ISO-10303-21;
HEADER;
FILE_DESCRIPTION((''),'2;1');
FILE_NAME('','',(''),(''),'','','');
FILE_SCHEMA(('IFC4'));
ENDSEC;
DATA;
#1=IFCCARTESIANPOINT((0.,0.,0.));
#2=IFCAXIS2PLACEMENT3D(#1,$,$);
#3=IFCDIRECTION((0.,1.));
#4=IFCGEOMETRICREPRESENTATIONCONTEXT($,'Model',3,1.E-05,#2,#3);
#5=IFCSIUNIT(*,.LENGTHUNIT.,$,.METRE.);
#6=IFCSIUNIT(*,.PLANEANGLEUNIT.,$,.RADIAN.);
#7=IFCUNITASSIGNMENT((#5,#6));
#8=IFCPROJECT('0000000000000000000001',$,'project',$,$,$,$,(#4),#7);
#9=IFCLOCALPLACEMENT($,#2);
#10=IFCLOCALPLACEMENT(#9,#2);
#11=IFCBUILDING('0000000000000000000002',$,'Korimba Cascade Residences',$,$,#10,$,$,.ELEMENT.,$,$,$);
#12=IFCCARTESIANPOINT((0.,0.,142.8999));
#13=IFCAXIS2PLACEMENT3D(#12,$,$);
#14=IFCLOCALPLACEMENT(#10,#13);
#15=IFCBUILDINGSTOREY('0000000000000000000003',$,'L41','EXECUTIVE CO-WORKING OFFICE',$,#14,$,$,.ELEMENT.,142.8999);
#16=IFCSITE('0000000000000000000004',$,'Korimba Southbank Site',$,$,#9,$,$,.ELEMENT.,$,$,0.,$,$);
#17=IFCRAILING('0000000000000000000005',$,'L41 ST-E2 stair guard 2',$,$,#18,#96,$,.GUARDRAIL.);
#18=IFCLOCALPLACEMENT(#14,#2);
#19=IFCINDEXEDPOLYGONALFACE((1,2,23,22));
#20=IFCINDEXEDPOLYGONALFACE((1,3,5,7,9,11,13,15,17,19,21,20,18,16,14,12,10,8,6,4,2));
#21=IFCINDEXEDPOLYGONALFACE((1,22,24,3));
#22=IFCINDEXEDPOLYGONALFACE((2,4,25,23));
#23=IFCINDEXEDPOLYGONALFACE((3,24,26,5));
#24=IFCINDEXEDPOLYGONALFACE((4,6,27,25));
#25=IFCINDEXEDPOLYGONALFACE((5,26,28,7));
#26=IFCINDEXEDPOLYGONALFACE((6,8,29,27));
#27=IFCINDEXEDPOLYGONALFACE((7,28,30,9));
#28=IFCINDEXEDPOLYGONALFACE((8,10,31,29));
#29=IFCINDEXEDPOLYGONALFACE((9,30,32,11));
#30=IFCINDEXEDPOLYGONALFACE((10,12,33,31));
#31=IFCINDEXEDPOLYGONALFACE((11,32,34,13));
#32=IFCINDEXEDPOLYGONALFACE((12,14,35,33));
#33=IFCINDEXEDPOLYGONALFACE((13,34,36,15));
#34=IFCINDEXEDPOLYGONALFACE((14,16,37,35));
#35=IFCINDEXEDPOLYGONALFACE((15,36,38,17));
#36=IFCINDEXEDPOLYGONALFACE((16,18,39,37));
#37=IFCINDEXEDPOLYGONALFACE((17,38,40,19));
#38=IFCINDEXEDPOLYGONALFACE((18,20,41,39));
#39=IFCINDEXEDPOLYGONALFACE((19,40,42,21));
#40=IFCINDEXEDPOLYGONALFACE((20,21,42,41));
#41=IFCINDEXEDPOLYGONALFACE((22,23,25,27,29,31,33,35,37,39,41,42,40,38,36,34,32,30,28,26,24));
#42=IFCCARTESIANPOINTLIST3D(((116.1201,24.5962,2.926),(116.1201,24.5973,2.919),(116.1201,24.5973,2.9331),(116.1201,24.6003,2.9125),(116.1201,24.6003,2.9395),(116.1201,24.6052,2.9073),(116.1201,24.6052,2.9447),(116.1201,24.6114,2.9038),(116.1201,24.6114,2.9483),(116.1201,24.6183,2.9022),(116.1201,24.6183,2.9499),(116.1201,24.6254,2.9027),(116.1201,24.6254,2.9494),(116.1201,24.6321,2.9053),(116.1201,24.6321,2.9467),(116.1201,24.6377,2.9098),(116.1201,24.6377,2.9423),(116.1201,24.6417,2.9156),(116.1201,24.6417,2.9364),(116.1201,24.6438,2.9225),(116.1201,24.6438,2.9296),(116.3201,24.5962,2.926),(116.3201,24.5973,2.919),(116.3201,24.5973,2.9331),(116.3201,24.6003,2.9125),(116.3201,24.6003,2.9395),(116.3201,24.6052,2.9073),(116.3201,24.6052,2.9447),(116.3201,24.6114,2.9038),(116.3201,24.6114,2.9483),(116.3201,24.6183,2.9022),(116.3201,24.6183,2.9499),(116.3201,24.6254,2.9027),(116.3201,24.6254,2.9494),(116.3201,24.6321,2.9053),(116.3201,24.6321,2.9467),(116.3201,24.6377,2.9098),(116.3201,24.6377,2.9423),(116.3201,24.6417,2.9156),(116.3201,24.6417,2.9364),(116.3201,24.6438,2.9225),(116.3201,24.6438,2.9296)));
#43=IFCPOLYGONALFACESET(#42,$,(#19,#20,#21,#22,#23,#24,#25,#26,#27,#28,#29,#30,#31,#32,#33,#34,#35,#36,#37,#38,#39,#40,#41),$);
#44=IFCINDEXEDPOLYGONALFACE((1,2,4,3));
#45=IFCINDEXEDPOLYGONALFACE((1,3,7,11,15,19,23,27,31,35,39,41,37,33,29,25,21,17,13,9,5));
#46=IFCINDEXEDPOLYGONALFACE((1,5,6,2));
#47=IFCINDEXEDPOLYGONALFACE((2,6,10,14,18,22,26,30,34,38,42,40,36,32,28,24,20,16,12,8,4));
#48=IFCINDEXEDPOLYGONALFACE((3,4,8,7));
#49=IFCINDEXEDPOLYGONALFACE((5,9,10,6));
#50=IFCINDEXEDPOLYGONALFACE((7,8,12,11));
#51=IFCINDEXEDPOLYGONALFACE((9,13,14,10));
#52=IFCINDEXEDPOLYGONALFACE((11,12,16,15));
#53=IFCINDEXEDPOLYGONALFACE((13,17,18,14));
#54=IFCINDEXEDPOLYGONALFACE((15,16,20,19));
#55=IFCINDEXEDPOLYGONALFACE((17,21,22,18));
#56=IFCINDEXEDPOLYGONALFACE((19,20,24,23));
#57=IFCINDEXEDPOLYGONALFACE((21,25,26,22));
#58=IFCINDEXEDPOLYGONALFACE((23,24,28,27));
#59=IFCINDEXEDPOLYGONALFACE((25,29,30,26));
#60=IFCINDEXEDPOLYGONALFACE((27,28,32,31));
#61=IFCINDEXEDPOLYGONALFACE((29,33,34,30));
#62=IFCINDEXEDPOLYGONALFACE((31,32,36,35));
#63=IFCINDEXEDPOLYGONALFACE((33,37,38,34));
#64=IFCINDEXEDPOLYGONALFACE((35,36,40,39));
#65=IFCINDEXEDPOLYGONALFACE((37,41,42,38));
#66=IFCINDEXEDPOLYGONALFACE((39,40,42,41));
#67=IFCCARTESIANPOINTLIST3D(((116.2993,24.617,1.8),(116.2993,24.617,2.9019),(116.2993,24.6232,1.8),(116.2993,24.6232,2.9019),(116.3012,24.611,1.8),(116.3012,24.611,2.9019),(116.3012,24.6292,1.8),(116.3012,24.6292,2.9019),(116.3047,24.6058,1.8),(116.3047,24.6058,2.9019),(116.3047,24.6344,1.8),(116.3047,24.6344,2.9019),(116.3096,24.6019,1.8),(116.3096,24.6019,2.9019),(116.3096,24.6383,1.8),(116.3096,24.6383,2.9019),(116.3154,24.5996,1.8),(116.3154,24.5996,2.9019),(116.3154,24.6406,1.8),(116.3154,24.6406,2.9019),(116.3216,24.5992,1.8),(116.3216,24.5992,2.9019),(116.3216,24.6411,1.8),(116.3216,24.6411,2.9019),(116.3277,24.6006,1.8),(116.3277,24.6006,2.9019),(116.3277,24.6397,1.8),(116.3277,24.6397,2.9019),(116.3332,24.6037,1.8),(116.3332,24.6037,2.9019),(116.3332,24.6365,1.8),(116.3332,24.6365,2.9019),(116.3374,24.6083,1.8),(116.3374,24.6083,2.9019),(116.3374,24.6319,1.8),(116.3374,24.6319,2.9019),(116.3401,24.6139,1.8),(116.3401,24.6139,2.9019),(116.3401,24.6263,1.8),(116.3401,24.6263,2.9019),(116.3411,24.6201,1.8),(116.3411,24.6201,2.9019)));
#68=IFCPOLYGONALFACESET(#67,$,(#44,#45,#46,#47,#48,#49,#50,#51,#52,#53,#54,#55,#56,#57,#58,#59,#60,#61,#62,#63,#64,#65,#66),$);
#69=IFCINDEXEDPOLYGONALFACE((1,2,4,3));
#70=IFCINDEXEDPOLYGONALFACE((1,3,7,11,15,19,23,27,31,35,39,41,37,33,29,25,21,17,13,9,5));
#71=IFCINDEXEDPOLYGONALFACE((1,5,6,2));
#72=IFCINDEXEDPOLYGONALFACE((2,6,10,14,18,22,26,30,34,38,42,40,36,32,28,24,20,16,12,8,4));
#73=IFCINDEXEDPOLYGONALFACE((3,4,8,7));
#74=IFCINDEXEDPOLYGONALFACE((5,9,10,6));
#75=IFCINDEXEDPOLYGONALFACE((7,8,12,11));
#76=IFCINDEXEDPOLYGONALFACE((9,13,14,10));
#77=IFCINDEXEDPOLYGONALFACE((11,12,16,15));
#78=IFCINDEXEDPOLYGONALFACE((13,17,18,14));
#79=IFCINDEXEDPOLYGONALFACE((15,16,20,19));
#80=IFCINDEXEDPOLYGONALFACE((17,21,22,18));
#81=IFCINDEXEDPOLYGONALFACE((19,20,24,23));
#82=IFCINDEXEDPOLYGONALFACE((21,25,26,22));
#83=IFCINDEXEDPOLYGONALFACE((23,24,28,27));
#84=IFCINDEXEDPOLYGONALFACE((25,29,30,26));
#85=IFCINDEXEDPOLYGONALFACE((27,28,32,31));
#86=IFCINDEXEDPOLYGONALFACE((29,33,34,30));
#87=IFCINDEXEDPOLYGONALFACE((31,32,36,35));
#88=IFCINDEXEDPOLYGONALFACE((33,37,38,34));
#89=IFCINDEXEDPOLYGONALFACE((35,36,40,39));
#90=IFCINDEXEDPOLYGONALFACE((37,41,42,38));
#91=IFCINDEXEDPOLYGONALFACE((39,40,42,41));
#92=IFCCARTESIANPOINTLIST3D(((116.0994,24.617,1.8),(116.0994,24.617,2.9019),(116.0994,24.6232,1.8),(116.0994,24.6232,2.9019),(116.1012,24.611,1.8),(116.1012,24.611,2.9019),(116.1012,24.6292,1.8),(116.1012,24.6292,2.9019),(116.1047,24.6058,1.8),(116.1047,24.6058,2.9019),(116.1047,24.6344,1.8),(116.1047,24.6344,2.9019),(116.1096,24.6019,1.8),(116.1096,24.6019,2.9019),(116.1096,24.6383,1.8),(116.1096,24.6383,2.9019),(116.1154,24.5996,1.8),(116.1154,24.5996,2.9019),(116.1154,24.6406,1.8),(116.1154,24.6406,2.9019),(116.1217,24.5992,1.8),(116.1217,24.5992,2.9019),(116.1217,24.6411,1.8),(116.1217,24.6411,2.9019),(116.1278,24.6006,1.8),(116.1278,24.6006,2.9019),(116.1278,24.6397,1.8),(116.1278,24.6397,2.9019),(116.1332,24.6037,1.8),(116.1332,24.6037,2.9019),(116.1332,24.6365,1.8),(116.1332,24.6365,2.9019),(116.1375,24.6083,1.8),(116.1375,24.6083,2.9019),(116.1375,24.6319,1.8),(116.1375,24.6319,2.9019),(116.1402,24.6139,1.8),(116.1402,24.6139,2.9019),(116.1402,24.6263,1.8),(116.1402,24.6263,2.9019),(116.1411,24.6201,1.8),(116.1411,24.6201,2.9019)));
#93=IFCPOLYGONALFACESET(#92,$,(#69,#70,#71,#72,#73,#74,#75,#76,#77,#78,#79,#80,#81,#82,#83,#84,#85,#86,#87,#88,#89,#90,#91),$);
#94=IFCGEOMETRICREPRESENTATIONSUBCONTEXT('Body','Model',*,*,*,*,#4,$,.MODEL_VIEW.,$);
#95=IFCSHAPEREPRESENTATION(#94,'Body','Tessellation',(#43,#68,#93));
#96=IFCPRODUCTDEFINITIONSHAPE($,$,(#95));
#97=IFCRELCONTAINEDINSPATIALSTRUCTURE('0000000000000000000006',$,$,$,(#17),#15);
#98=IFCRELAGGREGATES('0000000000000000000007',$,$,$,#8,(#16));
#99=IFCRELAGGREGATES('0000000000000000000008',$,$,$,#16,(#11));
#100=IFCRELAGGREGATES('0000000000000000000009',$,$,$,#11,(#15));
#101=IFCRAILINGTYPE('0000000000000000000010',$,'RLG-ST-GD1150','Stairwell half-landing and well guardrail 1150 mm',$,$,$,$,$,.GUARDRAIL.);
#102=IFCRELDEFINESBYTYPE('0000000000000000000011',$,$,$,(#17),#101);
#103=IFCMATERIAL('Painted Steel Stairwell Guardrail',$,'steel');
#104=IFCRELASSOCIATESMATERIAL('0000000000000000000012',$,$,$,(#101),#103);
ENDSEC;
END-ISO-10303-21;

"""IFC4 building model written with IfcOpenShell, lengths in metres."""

from ifc_helpers import new_model, si_unit, direction, frame, origin, origin_2d, place, context, subcontext, project, spatial, circle, extrude, material, type_object, element, save


model = new_model("IFC4")

# Units and contexts
model_context = context("Model", 3, precision=1e-05, world=origin(), true_north=direction((0.0, 1.0)))
body_context = subcontext(model_context, "Body", "Model", "MODEL_VIEW")
ifc_project = project(units=[si_unit("LENGTHUNIT", "METRE"), si_unit("PLANEANGLEUNIT", "RADIAN")], contexts=[model_context])

# Site, building, storey
site_placement = place(None, origin())
site = spatial("IfcSite", under=ifc_project, at=site_placement, Name="Korimba Southbank Site", CompositionType="ELEMENT", RefElevation=0.0)
building_placement = place(site_placement, origin())
building = spatial("IfcBuilding", under=site, at=building_placement, Name="Korimba Cascade Residences", CompositionType="ELEMENT")
storey_placement = place(building_placement, frame((0.0, 0.0, 142.8999)))
storey = spatial("IfcBuildingStorey", under=building, at=storey_placement, Name="L41", Description="EXECUTIVE CO-WORKING OFFICE", CompositionType="ELEMENT", Elevation=142.8999)

# Railing
ifc_material_1 = material(Name="Painted Steel Stairwell Guardrail", Category="steel")
railing_type_1 = type_object("IfcRailingType", Name="RLG-ST-GD1150", Description="Stairwell half-landing and well guardrail 1150 mm", PredefinedType="GUARDRAIL", material=ifc_material_1)
railing_1_placement = place(storey_placement, frame((116.3201, 24.6201, 1.8)))
element("IfcRailing", 1, at=railing_1_placement, inside=storey, type_object=railing_type_1, Name="L41 ST-E2 stair guard 2", PredefinedType="GUARDRAIL", context=body_context, shape_type="SweptSolid", body=[
    extrude(circle(Radius=0.0239, at=origin_2d()), frame((0.0, 0.0, 1.126), z_axis=(-1.0, 0.0, 0.0), x_axis=(0.0, -1.0, 0.0)), (0.0, 0.0, 1.0), 0.2),
    extrude(circle(Radius=0.021, at=origin_2d()), origin(), (0.0, 0.0, 1.0), 1.1018),
    extrude(circle(Radius=0.021, at=origin_2d()), frame((-0.2, 0.0, 0.0)), (0.0, 0.0, 1.0), 1.1018),
])

save(model, "model.ifc")
